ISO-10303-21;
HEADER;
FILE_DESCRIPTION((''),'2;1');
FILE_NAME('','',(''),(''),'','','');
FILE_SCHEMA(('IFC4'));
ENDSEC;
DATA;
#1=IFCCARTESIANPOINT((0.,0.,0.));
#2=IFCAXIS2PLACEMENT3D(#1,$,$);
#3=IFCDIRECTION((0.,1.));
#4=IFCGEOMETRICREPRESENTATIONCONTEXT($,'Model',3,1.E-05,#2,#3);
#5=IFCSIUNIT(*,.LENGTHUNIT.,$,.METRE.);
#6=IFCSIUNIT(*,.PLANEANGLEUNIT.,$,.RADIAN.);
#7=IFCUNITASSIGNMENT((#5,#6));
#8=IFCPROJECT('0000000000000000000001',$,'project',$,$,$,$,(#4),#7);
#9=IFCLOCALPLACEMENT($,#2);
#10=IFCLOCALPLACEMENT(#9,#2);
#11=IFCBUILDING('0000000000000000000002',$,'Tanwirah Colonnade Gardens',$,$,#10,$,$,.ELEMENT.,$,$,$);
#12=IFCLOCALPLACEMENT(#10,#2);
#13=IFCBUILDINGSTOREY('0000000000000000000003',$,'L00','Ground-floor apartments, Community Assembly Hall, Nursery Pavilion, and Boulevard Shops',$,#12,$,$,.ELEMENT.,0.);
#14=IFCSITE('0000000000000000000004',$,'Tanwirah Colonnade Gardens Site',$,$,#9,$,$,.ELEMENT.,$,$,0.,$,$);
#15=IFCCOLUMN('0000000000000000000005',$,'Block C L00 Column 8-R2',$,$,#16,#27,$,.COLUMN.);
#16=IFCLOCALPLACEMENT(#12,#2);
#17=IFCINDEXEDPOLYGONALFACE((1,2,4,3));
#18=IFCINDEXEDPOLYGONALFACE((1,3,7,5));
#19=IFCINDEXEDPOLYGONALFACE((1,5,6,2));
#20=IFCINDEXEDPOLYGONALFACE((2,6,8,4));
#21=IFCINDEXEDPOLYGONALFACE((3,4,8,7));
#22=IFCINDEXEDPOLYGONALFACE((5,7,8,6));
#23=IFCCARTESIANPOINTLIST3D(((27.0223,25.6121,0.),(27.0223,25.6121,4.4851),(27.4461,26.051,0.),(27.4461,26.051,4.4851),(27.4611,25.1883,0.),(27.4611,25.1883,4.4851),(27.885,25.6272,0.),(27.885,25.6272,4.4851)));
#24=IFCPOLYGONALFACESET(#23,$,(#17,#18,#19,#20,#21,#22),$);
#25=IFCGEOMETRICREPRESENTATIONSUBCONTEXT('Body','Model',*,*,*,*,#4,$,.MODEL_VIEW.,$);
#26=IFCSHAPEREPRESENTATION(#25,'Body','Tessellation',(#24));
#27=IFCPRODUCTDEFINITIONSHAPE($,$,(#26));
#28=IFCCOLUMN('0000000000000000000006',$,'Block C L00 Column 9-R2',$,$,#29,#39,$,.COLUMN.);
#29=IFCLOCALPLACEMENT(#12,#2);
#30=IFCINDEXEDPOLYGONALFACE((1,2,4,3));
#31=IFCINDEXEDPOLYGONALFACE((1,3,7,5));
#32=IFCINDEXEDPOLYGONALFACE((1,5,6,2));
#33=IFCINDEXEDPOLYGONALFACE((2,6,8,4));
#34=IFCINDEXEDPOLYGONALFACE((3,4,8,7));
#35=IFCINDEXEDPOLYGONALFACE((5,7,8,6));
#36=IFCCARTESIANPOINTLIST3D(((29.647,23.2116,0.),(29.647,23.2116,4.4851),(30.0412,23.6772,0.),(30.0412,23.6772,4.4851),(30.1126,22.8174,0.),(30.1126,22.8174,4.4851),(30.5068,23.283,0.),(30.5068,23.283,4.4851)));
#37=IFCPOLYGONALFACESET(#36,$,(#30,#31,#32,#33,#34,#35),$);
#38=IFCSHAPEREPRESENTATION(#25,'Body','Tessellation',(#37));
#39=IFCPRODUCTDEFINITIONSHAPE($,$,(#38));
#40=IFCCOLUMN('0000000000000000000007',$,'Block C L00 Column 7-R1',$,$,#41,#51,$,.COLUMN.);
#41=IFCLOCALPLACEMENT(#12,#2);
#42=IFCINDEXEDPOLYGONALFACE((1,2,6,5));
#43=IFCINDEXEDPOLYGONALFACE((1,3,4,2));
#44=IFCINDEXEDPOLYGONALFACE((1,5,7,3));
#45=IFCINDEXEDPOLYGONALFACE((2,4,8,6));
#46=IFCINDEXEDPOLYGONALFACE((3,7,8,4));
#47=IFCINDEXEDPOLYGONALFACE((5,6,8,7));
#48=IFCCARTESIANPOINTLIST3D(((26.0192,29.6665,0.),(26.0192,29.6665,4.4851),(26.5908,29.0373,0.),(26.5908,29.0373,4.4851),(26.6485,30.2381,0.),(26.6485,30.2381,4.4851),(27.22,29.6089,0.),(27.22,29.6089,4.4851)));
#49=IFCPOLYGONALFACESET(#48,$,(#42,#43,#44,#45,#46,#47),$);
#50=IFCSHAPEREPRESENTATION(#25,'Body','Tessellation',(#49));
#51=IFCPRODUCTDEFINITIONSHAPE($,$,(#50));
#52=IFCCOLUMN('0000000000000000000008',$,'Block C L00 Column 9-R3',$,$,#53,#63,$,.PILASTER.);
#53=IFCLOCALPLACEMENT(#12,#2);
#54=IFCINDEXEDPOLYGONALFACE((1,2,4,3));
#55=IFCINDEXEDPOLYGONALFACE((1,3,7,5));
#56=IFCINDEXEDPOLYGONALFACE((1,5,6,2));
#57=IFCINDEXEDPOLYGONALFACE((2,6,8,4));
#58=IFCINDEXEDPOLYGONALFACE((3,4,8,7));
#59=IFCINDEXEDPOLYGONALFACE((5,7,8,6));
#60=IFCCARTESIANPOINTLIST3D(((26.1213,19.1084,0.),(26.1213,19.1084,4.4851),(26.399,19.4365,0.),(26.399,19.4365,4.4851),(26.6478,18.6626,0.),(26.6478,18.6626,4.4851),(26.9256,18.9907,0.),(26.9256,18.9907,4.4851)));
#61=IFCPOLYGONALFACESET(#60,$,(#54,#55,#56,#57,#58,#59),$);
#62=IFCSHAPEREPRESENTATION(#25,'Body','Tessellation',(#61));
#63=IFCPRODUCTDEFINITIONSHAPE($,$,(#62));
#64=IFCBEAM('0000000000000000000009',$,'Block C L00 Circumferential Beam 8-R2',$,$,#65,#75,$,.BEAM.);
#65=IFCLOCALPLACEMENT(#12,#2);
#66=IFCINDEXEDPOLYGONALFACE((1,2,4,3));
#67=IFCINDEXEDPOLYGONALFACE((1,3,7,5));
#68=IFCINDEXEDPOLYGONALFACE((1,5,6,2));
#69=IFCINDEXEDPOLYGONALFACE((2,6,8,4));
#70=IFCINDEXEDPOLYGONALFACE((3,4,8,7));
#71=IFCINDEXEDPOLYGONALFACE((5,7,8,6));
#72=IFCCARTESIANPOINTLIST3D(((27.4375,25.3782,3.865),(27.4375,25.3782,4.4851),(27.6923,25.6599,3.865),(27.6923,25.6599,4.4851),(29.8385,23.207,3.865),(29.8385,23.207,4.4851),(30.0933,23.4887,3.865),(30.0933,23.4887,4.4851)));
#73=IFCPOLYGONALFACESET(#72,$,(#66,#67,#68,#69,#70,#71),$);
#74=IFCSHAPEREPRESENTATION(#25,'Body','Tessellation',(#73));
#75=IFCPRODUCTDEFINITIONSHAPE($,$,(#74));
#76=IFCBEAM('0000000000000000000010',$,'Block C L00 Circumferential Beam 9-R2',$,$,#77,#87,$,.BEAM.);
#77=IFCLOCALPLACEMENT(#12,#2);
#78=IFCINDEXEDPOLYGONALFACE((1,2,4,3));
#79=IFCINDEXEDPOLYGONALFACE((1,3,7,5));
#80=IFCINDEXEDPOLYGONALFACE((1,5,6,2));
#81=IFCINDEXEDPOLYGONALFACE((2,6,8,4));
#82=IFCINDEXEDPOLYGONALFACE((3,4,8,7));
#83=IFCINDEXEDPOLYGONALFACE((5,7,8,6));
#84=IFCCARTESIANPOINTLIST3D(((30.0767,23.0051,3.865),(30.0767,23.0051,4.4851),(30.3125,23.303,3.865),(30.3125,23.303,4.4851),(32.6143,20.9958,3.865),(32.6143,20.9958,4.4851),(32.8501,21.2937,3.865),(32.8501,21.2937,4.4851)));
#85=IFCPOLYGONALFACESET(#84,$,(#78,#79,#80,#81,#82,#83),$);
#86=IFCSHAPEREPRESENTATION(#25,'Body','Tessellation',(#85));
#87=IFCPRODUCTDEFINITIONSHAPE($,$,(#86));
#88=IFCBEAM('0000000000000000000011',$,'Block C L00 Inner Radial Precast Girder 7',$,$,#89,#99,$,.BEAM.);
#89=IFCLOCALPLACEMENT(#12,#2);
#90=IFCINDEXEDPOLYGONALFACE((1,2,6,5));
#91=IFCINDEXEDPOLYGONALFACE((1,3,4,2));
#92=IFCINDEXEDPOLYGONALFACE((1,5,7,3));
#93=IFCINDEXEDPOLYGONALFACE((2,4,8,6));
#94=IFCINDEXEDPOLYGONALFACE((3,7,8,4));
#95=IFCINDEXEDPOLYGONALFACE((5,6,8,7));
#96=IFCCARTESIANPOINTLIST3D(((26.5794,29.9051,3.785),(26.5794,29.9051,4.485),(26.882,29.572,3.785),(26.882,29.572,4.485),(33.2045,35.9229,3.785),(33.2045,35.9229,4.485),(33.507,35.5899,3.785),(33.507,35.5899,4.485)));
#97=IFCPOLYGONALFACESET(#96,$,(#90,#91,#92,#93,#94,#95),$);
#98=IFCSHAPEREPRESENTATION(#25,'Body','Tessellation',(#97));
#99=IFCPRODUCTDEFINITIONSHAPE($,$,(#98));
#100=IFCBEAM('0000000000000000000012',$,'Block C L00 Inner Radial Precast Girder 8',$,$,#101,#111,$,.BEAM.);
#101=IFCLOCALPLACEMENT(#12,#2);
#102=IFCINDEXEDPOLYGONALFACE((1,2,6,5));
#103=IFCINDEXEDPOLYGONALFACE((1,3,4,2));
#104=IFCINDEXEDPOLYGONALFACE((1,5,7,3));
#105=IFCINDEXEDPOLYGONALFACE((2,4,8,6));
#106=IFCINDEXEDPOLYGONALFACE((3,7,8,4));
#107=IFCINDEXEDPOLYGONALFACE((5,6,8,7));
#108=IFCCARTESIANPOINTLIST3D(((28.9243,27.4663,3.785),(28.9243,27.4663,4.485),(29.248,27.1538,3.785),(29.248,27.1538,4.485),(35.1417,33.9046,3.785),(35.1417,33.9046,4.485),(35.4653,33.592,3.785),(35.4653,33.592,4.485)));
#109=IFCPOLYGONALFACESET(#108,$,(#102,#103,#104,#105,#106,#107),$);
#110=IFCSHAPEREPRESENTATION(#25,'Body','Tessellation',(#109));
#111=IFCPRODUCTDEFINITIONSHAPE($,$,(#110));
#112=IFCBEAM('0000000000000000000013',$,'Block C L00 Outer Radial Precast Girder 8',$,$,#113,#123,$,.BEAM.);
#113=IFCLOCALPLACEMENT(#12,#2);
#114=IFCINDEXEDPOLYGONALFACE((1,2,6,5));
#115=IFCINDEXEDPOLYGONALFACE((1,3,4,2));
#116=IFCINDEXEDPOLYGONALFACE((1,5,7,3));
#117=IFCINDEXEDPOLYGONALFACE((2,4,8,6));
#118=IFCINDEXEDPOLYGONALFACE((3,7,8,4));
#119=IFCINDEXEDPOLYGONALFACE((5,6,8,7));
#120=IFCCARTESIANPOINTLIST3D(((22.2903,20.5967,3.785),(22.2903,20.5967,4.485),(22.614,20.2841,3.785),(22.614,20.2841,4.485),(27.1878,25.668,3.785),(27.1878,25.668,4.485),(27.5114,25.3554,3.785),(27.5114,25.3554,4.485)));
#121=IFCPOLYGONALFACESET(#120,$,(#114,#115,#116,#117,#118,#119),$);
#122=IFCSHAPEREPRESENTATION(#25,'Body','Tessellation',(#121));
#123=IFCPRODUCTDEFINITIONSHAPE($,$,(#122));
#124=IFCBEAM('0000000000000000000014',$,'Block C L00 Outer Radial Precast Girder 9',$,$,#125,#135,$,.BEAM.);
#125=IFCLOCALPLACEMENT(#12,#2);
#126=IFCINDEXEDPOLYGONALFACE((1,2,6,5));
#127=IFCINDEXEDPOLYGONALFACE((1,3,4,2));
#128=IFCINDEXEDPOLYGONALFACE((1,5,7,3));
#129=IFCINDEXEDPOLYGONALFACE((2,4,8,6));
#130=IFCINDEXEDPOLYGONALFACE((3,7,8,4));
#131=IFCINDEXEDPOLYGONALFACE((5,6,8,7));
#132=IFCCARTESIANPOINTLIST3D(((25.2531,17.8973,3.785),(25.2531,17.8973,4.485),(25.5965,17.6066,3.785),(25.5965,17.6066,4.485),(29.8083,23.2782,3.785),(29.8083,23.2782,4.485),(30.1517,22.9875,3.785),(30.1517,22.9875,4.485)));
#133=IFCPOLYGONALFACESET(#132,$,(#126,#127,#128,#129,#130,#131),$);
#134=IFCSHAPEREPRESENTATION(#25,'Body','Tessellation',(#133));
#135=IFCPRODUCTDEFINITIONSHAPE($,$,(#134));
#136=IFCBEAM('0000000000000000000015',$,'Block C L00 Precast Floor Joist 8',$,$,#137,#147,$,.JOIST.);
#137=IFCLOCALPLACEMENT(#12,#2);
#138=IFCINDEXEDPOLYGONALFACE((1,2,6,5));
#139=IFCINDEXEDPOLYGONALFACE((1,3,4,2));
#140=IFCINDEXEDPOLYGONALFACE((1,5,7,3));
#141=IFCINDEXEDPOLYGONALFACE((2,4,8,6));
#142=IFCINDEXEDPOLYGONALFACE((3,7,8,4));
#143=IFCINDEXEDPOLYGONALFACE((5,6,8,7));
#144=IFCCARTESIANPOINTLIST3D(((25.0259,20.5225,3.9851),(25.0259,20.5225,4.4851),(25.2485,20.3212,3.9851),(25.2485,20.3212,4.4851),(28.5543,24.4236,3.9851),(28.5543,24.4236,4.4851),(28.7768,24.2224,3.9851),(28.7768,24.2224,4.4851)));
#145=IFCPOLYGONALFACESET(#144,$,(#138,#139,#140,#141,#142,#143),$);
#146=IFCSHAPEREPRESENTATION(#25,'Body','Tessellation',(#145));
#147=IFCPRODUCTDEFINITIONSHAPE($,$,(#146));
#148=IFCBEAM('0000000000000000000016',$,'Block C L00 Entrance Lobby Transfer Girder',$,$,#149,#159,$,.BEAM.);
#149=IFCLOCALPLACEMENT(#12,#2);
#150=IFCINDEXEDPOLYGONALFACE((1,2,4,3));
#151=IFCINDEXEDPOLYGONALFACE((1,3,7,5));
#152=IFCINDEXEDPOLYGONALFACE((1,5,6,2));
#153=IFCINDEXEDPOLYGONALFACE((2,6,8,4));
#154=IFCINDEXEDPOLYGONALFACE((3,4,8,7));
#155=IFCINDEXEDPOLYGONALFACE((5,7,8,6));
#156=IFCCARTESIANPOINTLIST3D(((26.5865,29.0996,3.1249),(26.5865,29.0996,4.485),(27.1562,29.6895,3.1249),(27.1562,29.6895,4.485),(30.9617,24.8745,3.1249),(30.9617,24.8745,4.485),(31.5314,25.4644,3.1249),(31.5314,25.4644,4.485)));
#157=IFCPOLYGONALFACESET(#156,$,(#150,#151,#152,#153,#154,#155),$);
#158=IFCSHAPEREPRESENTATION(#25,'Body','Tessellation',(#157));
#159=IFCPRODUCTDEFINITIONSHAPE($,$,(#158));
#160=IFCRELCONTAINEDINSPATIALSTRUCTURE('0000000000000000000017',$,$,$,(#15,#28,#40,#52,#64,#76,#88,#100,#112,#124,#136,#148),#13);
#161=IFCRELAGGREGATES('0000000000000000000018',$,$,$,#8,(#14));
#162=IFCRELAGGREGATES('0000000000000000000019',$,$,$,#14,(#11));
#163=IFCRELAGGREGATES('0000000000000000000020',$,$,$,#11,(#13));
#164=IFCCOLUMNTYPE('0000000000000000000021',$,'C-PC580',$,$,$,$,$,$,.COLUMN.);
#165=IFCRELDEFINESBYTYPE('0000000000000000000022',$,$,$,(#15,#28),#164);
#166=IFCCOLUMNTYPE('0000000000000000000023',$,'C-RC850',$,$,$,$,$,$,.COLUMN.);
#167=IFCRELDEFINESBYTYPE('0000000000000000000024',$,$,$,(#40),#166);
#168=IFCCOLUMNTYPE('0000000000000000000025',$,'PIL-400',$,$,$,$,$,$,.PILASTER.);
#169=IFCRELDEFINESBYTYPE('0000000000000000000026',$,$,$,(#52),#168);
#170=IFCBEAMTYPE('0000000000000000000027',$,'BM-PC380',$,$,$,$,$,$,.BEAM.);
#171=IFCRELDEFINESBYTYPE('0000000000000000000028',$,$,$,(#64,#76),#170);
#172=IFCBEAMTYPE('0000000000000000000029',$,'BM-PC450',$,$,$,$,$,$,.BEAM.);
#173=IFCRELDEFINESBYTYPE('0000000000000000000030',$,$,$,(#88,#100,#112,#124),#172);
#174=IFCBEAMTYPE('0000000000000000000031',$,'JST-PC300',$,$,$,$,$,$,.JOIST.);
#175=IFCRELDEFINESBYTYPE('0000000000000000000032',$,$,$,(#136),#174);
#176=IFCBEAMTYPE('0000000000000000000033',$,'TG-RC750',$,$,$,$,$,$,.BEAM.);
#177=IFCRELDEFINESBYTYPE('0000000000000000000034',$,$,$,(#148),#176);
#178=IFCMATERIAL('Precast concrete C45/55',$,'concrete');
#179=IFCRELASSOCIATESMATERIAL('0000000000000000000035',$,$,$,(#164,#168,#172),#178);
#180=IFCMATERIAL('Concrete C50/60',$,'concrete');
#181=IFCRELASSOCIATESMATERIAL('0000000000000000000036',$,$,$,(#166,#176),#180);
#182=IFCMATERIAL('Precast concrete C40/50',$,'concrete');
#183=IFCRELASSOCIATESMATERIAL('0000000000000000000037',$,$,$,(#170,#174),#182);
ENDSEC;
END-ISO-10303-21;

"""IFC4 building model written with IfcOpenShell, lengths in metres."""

from ifc_helpers import new_model, si_unit, direction, frame, origin, origin_2d, place, context, subcontext, project, spatial, rectangle, extrude, material, material_profile, profile_set, type_object, element, save


model = new_model("IFC4")

# Units and contexts
model_context = context("Model", 3, precision=1e-05, world=origin(), true_north=direction((0.0, 1.0)))
body_context = subcontext(model_context, "Body", "Model", "MODEL_VIEW")
ifc_project = project(units=[si_unit("LENGTHUNIT", "METRE"), si_unit("PLANEANGLEUNIT", "RADIAN")], contexts=[model_context])

# Site, building, storey
site_placement = place(None, origin())
site = spatial("IfcSite", under=ifc_project, at=site_placement, Name="Tanwirah Colonnade Gardens Site", CompositionType="ELEMENT", RefElevation=0.0)
building_placement = place(site_placement, origin())
building = spatial("IfcBuilding", under=site, at=building_placement, Name="Tanwirah Colonnade Gardens", CompositionType="ELEMENT")
storey_placement = place(building_placement, origin())
storey = spatial("IfcBuildingStorey", under=building, at=storey_placement, Name="L00", Description="Ground-floor apartments, Community Assembly Hall, Nursery Pavilion, and Boulevard Shops", CompositionType="ELEMENT", Elevation=0.0)

# Columns
ifc_material_1 = material(Name="Precast concrete C45/55", Category="concrete")
ifc_material_profile_1 = material_profile(ifc_material_1, rectangle(XDim=0.6101, YDim=0.6101, at=origin_2d()), Name="PC-COL 610x610")
ifc_profile_set_1 = profile_set([ifc_material_profile_1], Name="Precast concrete C45/55")
column_type_1 = type_object("IfcColumnType", Name="C-PC580", PredefinedType="COLUMN", material=ifc_profile_set_1)
for number, where, z_axis, x_axis, name in (
    (1, (27.4536, 25.6196, 0.0), (0.0, 0.0, 1.0), (-0.694658, -0.71934, 0.0), "Block C L00 Column 8-R2"),
    (2, (30.0769, 23.2473, 0.0), (0.0, 0.0, 1.0), (-0.646124, -0.763232, 0.0), "Block C L00 Column 9-R2"),
):
    element("IfcColumn", number, at=place(storey_placement, frame(where, z_axis=z_axis, x_axis=x_axis)), inside=storey, type_object=column_type_1, Name=name, PredefinedType="COLUMN", context=body_context, shape_type="SweptSolid", body=[
        extrude(rectangle(XDim=0.6101, YDim=0.6101, at=origin_2d()), origin(), (0.0, 0.0, 1.0), 4.4851),
    ])
ifc_material_2 = material(Name="Concrete C50/60", Category="concrete")
ifc_material_profile_2 = material_profile(ifc_material_2, rectangle(XDim=0.8501, YDim=0.8501, at=origin_2d()), Name="RC-COL 850x850")
ifc_profile_set_2 = profile_set([ifc_material_profile_2], Name="Concrete C50/60")
column_type_2 = type_object("IfcColumnType", Name="C-RC850", PredefinedType="COLUMN", material=ifc_profile_set_2)
column_1_placement = place(storey_placement, frame((26.6196, 29.6377, 0.0), z_axis=(0.0, 0.0, 1.0), x_axis=(-0.740218, -0.672367, 0.0)))
element("IfcColumn", 3, at=column_1_placement, inside=storey, type_object=column_type_2, Name="Block C L00 Column 7-R1", PredefinedType="COLUMN", context=body_context, shape_type="SweptSolid", body=[
    extrude(rectangle(XDim=0.8501, YDim=0.8501, at=origin_2d()), origin(), (0.0, 0.0, 1.0), 4.4851),
])
ifc_material_profile_3 = material_profile(ifc_material_1, rectangle(XDim=0.4299, YDim=0.6899, at=origin_2d()), Name="PC-PIL 430x690")
ifc_profile_set_3 = profile_set([ifc_material_profile_3], Name="Precast concrete C45/55")
column_type_3 = type_object("IfcColumnType", Name="PIL-400", PredefinedType="PILASTER", material=ifc_profile_set_3)
column_2_placement = place(storey_placement, frame((26.5234, 19.0496, 0.0), z_axis=(0.0, 0.0, 1.0), x_axis=(-0.646124, -0.763232, 0.0)))
element("IfcColumn", 4, at=column_2_placement, inside=storey, type_object=column_type_3, Name="Block C L00 Column 9-R3", PredefinedType="PILASTER", context=body_context, shape_type="SweptSolid", body=[
    extrude(rectangle(XDim=0.4299, YDim=0.6899, at=origin_2d()), origin(), (0.0, 0.0, 1.0), 4.4851),
])

# Beams
ifc_material_3 = material(Name="Precast concrete C40/50", Category="concrete")
ifc_material_profile_4 = material_profile(ifc_material_3, rectangle(XDim=0.3799, YDim=0.6201, at=origin_2d()), Name="PC-BM 380x620")
ifc_profile_set_4 = profile_set([ifc_material_profile_4], Name="Precast concrete C40/50")
beam_type_1 = type_object("IfcBeamType", Name="BM-PC380", PredefinedType="BEAM", material=ifc_profile_set_4)
beam_1_placement = place(storey_placement, frame((27.5649, 25.519, 4.175), z_axis=(0.741702, -0.67073, 0.0), x_axis=(0.67073, 0.741702, 0.0)))
element("IfcBeam", 5, at=beam_1_placement, inside=storey, type_object=beam_type_1, Name="Block C L00 Circumferential Beam 8-R2", PredefinedType="BEAM", context=body_context, shape_type="SweptSolid", body=[
    extrude(rectangle(XDim=0.3799, YDim=0.6201, at=origin_2d()), origin(), (0.0, 0.0, 1.0), 3.2371),
])
beam_2_placement = place(storey_placement, frame((30.1946, 23.1541, 4.175), z_axis=(0.783994, -0.620769, 0.0), x_axis=(0.620769, 0.783994, 0.0)))
element("IfcBeam", 6, at=beam_2_placement, inside=storey, type_object=beam_type_1, Name="Block C L00 Circumferential Beam 9-R2", PredefinedType="BEAM", context=body_context, shape_type="SweptSolid", body=[
    extrude(rectangle(XDim=0.3799, YDim=0.6201, at=origin_2d()), origin(), (0.0, 0.0, 1.0), 3.2368),
])
ifc_material_profile_5 = material_profile(ifc_material_1, rectangle(XDim=0.45, YDim=0.7, at=origin_2d()), Name="PC-BM 450x700")
ifc_profile_set_5 = profile_set([ifc_material_profile_5], Name="Precast concrete C45/55")
beam_type_2 = type_object("IfcBeamType", Name="BM-PC450", PredefinedType="BEAM", material=ifc_profile_set_5)
for number, where, z_axis, x_axis, name in (
    (7, (26.7307, 29.7385, 4.135), (0.740213, 0.672373, 0.0), (-0.672373, 0.740213, 0.0), "Block C L00 Inner Radial Precast Girder 7"),
    (8, (29.0862, 27.3101, 4.135), (0.694656, 0.719342, 0.0), (-0.719342, 0.694656, 0.0), "Block C L00 Inner Radial Precast Girder 8"),
):
    element("IfcBeam", number, at=place(storey_placement, frame(where, z_axis=z_axis, x_axis=x_axis)), inside=storey, type_object=beam_type_2, Name=name, PredefinedType="BEAM", context=body_context, shape_type="SweptSolid", body=[
        extrude(rectangle(XDim=0.45, YDim=0.7, at=origin_2d()), origin(), (0.0, 0.0, 1.0), 8.9502),
    ])
for number, where, z_axis, x_axis, name in (
    (9, (27.3496, 25.5117, 4.135), (-0.694671, -0.719327, 0.0), (0.719327, -0.694671, 0.0), "Block C L00 Outer Radial Precast Girder 8"),
    (10, (29.98, 23.1328, 4.135), (-0.646119, -0.763237, 0.0), (0.763237, -0.646119, 0.0), "Block C L00 Outer Radial Precast Girder 9"),
):
    element("IfcBeam", number, at=place(storey_placement, frame(where, z_axis=z_axis, x_axis=x_axis)), inside=storey, type_object=beam_type_2, Name=name, PredefinedType="BEAM", context=body_context, shape_type="SweptSolid", body=[
        extrude(rectangle(XDim=0.45, YDim=0.7, at=origin_2d()), origin(), (0.0, 0.0, 1.0), 7.05),
    ])
ifc_material_profile_6 = material_profile(ifc_material_3, rectangle(XDim=0.3, YDim=0.5, at=origin_2d()), Name="PC-JST 300x500")
ifc_profile_set_6 = profile_set([ifc_material_profile_6], Name="Precast concrete C40/50")
beam_type_3 = type_object("IfcBeamType", Name="JST-PC300", PredefinedType="JOIST", material=ifc_profile_set_6)
beam_3_placement = place(storey_placement, frame((28.6655, 24.323, 4.2351), z_axis=(-0.670781, -0.741656, 0.0), x_axis=(0.741656, -0.670781, 0.0)))
element("IfcBeam", 11, at=beam_3_placement, inside=storey, type_object=beam_type_3, Name="Block C L00 Precast Floor Joist 8", PredefinedType="JOIST", context=body_context, shape_type="SweptSolid", body=[
    extrude(rectangle(XDim=0.3, YDim=0.5, at=origin_2d()), origin(), (0.0, 0.0, 1.0), 5.26),
])
ifc_material_profile_7 = material_profile(ifc_material_2, rectangle(XDim=0.8201, YDim=1.3601, at=origin_2d()), Name="RC-TG 820x1360")
ifc_profile_set_7 = profile_set([ifc_material_profile_7], Name="Concrete C50/60")
beam_type_4 = type_object("IfcBeamType", Name="TG-RC750", PredefinedType="BEAM", material=ifc_profile_set_7)
beam_4_placement = place(storey_placement, frame((26.8713, 29.3945, 3.8049), z_axis=(0.719342, -0.694656, 0.0), x_axis=(0.694656, 0.719342, 0.0)))
element("IfcBeam", 12, at=beam_4_placement, inside=storey, type_object=beam_type_4, Name="Block C L00 Entrance Lobby Transfer Girder", PredefinedType="BEAM", context=body_context, shape_type="SweptSolid", body=[
    extrude(rectangle(XDim=0.8201, YDim=1.3601, at=origin_2d()), origin(), (0.0, 0.0, 1.0), 6.0823),
])

save(model, "model.ifc")
